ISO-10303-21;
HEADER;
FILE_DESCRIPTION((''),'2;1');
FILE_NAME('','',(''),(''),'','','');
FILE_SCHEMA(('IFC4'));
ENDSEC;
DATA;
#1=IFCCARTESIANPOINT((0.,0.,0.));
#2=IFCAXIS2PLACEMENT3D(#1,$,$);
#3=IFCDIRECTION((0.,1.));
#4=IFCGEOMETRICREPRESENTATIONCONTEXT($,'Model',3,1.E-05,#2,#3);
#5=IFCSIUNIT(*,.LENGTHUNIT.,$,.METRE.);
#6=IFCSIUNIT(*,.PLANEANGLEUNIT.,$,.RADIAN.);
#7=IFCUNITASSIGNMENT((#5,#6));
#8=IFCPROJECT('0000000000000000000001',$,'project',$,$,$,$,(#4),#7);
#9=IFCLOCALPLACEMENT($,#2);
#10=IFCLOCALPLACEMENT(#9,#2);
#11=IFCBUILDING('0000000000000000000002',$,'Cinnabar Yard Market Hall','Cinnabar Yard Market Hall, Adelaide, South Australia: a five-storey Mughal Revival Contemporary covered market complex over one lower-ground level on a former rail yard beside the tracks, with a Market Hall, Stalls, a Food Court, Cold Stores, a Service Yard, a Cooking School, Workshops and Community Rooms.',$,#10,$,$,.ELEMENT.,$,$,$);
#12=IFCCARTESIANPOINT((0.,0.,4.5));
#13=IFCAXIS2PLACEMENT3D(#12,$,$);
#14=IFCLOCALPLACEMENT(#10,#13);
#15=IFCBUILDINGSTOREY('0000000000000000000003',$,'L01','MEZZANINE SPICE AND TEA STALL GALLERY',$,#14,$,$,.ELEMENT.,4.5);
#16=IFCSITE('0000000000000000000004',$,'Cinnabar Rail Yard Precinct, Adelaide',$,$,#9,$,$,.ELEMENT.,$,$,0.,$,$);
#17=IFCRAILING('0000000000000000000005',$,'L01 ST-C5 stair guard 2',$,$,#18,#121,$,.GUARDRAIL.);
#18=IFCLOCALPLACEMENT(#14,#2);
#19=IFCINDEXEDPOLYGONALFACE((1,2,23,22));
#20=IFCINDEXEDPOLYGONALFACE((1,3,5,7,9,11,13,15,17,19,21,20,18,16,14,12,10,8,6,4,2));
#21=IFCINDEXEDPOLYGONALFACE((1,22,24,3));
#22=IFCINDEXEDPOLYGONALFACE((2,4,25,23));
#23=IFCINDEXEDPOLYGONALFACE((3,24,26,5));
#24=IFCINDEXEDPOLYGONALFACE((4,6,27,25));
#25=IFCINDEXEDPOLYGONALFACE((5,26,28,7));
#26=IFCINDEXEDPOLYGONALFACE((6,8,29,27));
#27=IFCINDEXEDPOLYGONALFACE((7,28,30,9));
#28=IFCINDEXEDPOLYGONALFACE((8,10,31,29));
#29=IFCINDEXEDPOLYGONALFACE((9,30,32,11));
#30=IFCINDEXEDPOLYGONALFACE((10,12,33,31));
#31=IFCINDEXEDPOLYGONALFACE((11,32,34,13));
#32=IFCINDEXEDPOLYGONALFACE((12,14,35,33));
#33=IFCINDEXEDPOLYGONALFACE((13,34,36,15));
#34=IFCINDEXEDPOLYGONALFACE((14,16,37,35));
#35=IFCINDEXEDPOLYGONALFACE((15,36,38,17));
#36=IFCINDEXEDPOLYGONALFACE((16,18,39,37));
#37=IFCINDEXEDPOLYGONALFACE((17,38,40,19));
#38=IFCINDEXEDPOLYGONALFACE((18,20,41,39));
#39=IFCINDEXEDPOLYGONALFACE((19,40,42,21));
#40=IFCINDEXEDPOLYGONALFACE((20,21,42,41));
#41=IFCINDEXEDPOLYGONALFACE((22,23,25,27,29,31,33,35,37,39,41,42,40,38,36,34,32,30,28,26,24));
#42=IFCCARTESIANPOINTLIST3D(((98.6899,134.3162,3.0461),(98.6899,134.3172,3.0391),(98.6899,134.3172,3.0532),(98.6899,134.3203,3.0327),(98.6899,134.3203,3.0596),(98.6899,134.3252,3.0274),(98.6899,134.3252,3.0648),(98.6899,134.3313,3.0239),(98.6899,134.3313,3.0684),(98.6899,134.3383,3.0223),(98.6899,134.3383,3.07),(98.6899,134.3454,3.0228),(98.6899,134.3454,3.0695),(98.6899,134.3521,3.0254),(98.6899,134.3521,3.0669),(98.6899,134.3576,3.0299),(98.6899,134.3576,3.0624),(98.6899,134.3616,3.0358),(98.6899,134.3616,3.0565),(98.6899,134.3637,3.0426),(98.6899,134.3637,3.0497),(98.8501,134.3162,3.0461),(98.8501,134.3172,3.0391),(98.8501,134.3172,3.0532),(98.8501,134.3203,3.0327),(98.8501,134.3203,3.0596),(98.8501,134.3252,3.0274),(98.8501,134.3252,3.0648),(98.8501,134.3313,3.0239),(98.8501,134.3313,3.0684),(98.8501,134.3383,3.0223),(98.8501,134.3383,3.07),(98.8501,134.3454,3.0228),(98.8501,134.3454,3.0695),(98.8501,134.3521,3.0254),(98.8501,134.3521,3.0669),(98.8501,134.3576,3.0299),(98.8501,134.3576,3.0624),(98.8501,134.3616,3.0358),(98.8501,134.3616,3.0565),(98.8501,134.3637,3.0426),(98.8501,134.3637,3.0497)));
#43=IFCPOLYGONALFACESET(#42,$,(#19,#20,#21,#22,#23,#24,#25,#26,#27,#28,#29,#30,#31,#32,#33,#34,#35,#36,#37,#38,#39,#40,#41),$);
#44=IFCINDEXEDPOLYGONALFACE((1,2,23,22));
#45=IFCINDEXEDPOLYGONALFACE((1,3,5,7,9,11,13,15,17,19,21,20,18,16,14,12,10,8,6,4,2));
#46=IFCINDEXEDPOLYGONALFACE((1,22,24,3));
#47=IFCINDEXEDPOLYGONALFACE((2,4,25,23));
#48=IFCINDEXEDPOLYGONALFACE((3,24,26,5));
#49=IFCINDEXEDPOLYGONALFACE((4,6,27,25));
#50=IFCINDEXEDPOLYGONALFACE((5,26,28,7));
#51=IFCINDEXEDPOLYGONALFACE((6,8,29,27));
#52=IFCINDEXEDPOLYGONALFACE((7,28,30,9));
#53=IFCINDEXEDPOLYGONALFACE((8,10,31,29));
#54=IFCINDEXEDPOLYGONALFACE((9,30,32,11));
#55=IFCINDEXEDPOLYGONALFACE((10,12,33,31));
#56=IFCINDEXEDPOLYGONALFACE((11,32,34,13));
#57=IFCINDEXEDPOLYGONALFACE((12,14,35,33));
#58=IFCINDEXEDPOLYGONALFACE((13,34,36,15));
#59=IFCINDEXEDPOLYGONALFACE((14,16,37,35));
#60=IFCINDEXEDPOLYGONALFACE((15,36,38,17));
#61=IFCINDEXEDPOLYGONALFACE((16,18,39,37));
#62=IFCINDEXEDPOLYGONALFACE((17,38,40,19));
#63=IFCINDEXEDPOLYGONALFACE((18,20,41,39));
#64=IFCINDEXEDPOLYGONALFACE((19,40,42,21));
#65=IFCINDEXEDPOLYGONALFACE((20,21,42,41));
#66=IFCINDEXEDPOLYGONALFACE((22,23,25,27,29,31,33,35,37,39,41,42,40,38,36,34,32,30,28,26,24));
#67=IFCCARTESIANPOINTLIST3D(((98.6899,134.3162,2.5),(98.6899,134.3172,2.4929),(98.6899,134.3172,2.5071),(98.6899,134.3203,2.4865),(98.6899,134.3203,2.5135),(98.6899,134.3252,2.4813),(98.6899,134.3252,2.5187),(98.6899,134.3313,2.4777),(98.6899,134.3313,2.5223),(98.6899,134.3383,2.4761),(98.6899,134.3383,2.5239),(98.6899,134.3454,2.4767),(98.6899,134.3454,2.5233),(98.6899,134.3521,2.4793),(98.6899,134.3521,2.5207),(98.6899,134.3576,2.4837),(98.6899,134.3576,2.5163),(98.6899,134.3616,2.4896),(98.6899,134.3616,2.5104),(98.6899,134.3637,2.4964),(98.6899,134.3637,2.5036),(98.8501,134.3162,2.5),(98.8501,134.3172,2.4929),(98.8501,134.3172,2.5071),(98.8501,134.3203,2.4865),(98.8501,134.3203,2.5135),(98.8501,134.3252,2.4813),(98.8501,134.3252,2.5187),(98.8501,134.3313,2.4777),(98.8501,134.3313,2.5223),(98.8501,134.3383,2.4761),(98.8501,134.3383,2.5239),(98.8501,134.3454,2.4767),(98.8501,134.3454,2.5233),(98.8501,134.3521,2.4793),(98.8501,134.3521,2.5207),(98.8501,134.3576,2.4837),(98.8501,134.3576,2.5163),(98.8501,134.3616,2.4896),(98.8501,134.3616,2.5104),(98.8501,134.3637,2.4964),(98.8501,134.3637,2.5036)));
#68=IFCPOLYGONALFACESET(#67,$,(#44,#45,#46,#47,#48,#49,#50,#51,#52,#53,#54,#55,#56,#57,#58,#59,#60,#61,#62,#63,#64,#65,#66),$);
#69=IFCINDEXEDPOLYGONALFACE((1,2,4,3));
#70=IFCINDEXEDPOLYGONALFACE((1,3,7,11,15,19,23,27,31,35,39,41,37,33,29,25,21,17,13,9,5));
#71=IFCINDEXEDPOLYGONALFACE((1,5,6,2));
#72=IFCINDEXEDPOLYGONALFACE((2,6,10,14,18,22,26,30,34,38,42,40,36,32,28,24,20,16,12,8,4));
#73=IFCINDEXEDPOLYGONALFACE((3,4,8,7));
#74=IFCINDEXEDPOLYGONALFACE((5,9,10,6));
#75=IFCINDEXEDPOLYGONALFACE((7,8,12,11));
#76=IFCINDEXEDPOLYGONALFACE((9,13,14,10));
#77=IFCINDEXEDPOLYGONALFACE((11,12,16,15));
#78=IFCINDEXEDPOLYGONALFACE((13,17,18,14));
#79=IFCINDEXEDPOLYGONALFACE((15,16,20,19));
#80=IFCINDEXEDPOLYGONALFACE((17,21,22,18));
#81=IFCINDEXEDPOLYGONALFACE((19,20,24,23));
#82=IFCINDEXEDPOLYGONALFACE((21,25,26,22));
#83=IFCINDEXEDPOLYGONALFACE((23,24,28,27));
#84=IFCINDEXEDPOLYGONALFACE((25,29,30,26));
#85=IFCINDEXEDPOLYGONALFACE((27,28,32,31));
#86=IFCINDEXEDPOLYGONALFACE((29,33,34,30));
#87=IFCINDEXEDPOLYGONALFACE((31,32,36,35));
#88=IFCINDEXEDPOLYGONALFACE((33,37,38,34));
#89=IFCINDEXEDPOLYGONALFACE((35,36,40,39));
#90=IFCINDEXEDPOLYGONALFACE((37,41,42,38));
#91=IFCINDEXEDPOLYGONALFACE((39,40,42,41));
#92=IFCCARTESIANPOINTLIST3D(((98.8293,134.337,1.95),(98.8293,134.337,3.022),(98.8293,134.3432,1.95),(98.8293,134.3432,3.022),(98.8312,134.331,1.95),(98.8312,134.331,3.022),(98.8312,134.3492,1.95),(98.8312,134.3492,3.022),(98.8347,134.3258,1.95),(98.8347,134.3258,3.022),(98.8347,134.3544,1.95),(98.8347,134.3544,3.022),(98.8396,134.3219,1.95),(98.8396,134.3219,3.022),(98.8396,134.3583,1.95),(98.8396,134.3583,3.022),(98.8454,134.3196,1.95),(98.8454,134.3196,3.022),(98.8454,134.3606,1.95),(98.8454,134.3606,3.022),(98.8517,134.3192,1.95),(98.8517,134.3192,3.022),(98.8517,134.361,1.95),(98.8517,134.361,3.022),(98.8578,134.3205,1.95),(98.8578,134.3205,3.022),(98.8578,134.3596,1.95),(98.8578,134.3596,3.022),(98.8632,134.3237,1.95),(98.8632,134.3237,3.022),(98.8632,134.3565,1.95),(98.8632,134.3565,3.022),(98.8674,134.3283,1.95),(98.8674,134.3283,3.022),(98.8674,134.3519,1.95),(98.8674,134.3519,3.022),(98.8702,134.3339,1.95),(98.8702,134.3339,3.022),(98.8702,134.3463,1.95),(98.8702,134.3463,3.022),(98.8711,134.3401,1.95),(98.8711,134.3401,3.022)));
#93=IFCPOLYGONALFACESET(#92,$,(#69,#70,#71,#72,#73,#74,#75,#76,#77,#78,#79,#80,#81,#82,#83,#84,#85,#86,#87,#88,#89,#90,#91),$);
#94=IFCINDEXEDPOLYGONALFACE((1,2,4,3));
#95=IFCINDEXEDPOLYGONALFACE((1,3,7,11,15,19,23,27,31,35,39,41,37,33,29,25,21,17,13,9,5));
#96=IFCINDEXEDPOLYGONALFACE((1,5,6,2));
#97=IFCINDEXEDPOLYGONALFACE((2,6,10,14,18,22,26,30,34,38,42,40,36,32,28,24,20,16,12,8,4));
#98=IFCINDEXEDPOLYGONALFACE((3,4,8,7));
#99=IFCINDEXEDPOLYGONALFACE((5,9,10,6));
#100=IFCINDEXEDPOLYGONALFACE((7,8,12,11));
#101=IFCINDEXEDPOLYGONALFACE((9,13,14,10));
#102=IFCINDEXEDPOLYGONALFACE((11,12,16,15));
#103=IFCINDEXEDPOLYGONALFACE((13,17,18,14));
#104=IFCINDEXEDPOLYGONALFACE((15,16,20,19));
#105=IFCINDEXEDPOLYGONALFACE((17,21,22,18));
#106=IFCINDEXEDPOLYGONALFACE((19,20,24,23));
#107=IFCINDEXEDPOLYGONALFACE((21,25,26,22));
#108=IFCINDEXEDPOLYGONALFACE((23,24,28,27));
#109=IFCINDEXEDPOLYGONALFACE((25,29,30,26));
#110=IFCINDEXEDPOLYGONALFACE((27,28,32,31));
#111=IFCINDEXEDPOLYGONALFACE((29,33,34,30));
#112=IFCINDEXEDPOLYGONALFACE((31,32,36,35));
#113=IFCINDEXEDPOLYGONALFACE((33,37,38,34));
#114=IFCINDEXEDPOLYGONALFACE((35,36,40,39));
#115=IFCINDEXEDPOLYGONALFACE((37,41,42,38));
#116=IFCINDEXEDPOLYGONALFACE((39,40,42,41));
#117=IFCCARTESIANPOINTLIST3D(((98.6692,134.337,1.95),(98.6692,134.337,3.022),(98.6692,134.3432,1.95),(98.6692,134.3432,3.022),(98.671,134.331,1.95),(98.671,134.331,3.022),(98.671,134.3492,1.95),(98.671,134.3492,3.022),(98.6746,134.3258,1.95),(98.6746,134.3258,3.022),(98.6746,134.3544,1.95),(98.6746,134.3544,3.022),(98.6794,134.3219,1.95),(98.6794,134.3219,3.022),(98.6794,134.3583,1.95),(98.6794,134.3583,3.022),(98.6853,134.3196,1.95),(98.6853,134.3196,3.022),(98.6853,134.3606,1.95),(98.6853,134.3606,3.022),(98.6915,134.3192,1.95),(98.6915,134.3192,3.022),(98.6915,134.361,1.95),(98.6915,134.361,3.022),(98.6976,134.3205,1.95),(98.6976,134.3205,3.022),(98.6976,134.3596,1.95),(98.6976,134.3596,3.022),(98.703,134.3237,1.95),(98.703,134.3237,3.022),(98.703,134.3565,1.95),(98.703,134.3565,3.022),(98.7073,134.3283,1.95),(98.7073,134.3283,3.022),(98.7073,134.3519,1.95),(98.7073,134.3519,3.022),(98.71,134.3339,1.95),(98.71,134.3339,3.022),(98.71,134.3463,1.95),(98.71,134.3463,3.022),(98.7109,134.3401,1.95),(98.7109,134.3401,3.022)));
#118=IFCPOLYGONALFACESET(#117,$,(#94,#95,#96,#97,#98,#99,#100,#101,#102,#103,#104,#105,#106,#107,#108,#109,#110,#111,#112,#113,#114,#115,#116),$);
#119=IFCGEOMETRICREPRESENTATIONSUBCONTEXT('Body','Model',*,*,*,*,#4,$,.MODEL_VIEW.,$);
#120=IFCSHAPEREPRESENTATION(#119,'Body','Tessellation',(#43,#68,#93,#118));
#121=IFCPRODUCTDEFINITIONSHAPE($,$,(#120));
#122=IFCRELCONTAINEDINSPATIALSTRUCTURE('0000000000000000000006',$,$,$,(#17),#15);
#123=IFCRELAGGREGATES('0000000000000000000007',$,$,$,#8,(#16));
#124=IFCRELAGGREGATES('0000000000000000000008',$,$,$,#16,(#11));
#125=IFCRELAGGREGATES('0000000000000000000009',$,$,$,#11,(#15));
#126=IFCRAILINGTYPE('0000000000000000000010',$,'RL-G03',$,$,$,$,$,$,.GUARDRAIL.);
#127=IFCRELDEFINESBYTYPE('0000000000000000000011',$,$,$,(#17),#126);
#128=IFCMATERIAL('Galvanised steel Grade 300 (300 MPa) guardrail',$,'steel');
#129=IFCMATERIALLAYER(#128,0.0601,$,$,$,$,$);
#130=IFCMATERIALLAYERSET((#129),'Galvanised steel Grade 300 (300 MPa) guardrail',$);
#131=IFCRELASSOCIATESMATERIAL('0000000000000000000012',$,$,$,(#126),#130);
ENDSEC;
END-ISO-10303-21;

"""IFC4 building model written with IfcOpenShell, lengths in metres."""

from ifc_helpers import new_model, si_unit, direction, frame, origin, origin_2d_with_axis, place, context, subcontext, project, spatial, circle, extrude, material, layer, layer_set, type_object, element, save


model = new_model("IFC4")

# Units and contexts
model_context = context("Model", 3, precision=1e-05, world=origin(), true_north=direction((0.0, 1.0)))
body_context = subcontext(model_context, "Body", "Model", "MODEL_VIEW")
ifc_project = project(units=[si_unit("LENGTHUNIT", "METRE"), si_unit("PLANEANGLEUNIT", "RADIAN")], contexts=[model_context])

# Site, building, storey
site_placement = place(None, origin())
site = spatial("IfcSite", under=ifc_project, at=site_placement, Name="Cinnabar Rail Yard Precinct, Adelaide", CompositionType="ELEMENT", RefElevation=0.0)
building_placement = place(site_placement, origin())
building = spatial("IfcBuilding", under=site, at=building_placement, Name="Cinnabar Yard Market Hall", Description="Cinnabar Yard Market Hall, Adelaide, South Australia: a five-storey Mughal Revival Contemporary covered market complex over one lower-ground level on a former rail yard beside the tracks, with a Market Hall, Stalls, a Food Court, Cold Stores, a Service Yard, a Cooking School, Workshops and Community Rooms.", CompositionType="ELEMENT")
storey_placement = place(building_placement, frame((0.0, 0.0, 4.5)))
storey = spatial("IfcBuildingStorey", under=building, at=storey_placement, Name="L01", Description="MEZZANINE SPICE AND TEA STALL GALLERY", CompositionType="ELEMENT", Elevation=4.5)

# Railing
ifc_material_1 = material(Name="Galvanised steel Grade 300 (300 MPa) guardrail", Category="steel")
ifc_layer_1 = layer(ifc_material_1, 0.0601)
ifc_layer_set_1 = layer_set([ifc_layer_1], Name="Galvanised steel Grade 300 (300 MPa) guardrail")
railing_type_1 = type_object("IfcRailingType", Name="RL-G03", PredefinedType="GUARDRAIL", material=ifc_layer_set_1)
railing_1_placement = place(storey_placement, frame((98.8501, 134.3401, 1.95)))
element("IfcRailing", 1, at=railing_1_placement, inside=storey, type_object=railing_type_1, Name="L01 ST-C5 stair guard 2", PredefinedType="GUARDRAIL", context=body_context, shape_type="SweptSolid", body=[
    extrude(circle(Radius=0.0239, at=origin_2d_with_axis()), frame((0.0, 0.0, 1.0962), z_axis=(-1.0, 0.0, 0.0), x_axis=(0.0, -1.0, 0.0)), (0.0, 0.0, 1.0), 0.1602),
    extrude(circle(Radius=0.0239, at=origin_2d_with_axis()), frame((0.0, 0.0, 0.55), z_axis=(-1.0, 0.0, 0.0), x_axis=(0.0, -1.0, 0.0)), (0.0, 0.0, 1.0), 0.1602),
    extrude(circle(Radius=0.021, at=origin_2d_with_axis()), origin(), (0.0, 0.0, 1.0), 1.072),
    extrude(circle(Radius=0.021, at=origin_2d_with_axis()), frame((-0.1602, 0.0, 0.0)), (0.0, 0.0, 1.0), 1.072),
])

save(model, "model.ifc")
